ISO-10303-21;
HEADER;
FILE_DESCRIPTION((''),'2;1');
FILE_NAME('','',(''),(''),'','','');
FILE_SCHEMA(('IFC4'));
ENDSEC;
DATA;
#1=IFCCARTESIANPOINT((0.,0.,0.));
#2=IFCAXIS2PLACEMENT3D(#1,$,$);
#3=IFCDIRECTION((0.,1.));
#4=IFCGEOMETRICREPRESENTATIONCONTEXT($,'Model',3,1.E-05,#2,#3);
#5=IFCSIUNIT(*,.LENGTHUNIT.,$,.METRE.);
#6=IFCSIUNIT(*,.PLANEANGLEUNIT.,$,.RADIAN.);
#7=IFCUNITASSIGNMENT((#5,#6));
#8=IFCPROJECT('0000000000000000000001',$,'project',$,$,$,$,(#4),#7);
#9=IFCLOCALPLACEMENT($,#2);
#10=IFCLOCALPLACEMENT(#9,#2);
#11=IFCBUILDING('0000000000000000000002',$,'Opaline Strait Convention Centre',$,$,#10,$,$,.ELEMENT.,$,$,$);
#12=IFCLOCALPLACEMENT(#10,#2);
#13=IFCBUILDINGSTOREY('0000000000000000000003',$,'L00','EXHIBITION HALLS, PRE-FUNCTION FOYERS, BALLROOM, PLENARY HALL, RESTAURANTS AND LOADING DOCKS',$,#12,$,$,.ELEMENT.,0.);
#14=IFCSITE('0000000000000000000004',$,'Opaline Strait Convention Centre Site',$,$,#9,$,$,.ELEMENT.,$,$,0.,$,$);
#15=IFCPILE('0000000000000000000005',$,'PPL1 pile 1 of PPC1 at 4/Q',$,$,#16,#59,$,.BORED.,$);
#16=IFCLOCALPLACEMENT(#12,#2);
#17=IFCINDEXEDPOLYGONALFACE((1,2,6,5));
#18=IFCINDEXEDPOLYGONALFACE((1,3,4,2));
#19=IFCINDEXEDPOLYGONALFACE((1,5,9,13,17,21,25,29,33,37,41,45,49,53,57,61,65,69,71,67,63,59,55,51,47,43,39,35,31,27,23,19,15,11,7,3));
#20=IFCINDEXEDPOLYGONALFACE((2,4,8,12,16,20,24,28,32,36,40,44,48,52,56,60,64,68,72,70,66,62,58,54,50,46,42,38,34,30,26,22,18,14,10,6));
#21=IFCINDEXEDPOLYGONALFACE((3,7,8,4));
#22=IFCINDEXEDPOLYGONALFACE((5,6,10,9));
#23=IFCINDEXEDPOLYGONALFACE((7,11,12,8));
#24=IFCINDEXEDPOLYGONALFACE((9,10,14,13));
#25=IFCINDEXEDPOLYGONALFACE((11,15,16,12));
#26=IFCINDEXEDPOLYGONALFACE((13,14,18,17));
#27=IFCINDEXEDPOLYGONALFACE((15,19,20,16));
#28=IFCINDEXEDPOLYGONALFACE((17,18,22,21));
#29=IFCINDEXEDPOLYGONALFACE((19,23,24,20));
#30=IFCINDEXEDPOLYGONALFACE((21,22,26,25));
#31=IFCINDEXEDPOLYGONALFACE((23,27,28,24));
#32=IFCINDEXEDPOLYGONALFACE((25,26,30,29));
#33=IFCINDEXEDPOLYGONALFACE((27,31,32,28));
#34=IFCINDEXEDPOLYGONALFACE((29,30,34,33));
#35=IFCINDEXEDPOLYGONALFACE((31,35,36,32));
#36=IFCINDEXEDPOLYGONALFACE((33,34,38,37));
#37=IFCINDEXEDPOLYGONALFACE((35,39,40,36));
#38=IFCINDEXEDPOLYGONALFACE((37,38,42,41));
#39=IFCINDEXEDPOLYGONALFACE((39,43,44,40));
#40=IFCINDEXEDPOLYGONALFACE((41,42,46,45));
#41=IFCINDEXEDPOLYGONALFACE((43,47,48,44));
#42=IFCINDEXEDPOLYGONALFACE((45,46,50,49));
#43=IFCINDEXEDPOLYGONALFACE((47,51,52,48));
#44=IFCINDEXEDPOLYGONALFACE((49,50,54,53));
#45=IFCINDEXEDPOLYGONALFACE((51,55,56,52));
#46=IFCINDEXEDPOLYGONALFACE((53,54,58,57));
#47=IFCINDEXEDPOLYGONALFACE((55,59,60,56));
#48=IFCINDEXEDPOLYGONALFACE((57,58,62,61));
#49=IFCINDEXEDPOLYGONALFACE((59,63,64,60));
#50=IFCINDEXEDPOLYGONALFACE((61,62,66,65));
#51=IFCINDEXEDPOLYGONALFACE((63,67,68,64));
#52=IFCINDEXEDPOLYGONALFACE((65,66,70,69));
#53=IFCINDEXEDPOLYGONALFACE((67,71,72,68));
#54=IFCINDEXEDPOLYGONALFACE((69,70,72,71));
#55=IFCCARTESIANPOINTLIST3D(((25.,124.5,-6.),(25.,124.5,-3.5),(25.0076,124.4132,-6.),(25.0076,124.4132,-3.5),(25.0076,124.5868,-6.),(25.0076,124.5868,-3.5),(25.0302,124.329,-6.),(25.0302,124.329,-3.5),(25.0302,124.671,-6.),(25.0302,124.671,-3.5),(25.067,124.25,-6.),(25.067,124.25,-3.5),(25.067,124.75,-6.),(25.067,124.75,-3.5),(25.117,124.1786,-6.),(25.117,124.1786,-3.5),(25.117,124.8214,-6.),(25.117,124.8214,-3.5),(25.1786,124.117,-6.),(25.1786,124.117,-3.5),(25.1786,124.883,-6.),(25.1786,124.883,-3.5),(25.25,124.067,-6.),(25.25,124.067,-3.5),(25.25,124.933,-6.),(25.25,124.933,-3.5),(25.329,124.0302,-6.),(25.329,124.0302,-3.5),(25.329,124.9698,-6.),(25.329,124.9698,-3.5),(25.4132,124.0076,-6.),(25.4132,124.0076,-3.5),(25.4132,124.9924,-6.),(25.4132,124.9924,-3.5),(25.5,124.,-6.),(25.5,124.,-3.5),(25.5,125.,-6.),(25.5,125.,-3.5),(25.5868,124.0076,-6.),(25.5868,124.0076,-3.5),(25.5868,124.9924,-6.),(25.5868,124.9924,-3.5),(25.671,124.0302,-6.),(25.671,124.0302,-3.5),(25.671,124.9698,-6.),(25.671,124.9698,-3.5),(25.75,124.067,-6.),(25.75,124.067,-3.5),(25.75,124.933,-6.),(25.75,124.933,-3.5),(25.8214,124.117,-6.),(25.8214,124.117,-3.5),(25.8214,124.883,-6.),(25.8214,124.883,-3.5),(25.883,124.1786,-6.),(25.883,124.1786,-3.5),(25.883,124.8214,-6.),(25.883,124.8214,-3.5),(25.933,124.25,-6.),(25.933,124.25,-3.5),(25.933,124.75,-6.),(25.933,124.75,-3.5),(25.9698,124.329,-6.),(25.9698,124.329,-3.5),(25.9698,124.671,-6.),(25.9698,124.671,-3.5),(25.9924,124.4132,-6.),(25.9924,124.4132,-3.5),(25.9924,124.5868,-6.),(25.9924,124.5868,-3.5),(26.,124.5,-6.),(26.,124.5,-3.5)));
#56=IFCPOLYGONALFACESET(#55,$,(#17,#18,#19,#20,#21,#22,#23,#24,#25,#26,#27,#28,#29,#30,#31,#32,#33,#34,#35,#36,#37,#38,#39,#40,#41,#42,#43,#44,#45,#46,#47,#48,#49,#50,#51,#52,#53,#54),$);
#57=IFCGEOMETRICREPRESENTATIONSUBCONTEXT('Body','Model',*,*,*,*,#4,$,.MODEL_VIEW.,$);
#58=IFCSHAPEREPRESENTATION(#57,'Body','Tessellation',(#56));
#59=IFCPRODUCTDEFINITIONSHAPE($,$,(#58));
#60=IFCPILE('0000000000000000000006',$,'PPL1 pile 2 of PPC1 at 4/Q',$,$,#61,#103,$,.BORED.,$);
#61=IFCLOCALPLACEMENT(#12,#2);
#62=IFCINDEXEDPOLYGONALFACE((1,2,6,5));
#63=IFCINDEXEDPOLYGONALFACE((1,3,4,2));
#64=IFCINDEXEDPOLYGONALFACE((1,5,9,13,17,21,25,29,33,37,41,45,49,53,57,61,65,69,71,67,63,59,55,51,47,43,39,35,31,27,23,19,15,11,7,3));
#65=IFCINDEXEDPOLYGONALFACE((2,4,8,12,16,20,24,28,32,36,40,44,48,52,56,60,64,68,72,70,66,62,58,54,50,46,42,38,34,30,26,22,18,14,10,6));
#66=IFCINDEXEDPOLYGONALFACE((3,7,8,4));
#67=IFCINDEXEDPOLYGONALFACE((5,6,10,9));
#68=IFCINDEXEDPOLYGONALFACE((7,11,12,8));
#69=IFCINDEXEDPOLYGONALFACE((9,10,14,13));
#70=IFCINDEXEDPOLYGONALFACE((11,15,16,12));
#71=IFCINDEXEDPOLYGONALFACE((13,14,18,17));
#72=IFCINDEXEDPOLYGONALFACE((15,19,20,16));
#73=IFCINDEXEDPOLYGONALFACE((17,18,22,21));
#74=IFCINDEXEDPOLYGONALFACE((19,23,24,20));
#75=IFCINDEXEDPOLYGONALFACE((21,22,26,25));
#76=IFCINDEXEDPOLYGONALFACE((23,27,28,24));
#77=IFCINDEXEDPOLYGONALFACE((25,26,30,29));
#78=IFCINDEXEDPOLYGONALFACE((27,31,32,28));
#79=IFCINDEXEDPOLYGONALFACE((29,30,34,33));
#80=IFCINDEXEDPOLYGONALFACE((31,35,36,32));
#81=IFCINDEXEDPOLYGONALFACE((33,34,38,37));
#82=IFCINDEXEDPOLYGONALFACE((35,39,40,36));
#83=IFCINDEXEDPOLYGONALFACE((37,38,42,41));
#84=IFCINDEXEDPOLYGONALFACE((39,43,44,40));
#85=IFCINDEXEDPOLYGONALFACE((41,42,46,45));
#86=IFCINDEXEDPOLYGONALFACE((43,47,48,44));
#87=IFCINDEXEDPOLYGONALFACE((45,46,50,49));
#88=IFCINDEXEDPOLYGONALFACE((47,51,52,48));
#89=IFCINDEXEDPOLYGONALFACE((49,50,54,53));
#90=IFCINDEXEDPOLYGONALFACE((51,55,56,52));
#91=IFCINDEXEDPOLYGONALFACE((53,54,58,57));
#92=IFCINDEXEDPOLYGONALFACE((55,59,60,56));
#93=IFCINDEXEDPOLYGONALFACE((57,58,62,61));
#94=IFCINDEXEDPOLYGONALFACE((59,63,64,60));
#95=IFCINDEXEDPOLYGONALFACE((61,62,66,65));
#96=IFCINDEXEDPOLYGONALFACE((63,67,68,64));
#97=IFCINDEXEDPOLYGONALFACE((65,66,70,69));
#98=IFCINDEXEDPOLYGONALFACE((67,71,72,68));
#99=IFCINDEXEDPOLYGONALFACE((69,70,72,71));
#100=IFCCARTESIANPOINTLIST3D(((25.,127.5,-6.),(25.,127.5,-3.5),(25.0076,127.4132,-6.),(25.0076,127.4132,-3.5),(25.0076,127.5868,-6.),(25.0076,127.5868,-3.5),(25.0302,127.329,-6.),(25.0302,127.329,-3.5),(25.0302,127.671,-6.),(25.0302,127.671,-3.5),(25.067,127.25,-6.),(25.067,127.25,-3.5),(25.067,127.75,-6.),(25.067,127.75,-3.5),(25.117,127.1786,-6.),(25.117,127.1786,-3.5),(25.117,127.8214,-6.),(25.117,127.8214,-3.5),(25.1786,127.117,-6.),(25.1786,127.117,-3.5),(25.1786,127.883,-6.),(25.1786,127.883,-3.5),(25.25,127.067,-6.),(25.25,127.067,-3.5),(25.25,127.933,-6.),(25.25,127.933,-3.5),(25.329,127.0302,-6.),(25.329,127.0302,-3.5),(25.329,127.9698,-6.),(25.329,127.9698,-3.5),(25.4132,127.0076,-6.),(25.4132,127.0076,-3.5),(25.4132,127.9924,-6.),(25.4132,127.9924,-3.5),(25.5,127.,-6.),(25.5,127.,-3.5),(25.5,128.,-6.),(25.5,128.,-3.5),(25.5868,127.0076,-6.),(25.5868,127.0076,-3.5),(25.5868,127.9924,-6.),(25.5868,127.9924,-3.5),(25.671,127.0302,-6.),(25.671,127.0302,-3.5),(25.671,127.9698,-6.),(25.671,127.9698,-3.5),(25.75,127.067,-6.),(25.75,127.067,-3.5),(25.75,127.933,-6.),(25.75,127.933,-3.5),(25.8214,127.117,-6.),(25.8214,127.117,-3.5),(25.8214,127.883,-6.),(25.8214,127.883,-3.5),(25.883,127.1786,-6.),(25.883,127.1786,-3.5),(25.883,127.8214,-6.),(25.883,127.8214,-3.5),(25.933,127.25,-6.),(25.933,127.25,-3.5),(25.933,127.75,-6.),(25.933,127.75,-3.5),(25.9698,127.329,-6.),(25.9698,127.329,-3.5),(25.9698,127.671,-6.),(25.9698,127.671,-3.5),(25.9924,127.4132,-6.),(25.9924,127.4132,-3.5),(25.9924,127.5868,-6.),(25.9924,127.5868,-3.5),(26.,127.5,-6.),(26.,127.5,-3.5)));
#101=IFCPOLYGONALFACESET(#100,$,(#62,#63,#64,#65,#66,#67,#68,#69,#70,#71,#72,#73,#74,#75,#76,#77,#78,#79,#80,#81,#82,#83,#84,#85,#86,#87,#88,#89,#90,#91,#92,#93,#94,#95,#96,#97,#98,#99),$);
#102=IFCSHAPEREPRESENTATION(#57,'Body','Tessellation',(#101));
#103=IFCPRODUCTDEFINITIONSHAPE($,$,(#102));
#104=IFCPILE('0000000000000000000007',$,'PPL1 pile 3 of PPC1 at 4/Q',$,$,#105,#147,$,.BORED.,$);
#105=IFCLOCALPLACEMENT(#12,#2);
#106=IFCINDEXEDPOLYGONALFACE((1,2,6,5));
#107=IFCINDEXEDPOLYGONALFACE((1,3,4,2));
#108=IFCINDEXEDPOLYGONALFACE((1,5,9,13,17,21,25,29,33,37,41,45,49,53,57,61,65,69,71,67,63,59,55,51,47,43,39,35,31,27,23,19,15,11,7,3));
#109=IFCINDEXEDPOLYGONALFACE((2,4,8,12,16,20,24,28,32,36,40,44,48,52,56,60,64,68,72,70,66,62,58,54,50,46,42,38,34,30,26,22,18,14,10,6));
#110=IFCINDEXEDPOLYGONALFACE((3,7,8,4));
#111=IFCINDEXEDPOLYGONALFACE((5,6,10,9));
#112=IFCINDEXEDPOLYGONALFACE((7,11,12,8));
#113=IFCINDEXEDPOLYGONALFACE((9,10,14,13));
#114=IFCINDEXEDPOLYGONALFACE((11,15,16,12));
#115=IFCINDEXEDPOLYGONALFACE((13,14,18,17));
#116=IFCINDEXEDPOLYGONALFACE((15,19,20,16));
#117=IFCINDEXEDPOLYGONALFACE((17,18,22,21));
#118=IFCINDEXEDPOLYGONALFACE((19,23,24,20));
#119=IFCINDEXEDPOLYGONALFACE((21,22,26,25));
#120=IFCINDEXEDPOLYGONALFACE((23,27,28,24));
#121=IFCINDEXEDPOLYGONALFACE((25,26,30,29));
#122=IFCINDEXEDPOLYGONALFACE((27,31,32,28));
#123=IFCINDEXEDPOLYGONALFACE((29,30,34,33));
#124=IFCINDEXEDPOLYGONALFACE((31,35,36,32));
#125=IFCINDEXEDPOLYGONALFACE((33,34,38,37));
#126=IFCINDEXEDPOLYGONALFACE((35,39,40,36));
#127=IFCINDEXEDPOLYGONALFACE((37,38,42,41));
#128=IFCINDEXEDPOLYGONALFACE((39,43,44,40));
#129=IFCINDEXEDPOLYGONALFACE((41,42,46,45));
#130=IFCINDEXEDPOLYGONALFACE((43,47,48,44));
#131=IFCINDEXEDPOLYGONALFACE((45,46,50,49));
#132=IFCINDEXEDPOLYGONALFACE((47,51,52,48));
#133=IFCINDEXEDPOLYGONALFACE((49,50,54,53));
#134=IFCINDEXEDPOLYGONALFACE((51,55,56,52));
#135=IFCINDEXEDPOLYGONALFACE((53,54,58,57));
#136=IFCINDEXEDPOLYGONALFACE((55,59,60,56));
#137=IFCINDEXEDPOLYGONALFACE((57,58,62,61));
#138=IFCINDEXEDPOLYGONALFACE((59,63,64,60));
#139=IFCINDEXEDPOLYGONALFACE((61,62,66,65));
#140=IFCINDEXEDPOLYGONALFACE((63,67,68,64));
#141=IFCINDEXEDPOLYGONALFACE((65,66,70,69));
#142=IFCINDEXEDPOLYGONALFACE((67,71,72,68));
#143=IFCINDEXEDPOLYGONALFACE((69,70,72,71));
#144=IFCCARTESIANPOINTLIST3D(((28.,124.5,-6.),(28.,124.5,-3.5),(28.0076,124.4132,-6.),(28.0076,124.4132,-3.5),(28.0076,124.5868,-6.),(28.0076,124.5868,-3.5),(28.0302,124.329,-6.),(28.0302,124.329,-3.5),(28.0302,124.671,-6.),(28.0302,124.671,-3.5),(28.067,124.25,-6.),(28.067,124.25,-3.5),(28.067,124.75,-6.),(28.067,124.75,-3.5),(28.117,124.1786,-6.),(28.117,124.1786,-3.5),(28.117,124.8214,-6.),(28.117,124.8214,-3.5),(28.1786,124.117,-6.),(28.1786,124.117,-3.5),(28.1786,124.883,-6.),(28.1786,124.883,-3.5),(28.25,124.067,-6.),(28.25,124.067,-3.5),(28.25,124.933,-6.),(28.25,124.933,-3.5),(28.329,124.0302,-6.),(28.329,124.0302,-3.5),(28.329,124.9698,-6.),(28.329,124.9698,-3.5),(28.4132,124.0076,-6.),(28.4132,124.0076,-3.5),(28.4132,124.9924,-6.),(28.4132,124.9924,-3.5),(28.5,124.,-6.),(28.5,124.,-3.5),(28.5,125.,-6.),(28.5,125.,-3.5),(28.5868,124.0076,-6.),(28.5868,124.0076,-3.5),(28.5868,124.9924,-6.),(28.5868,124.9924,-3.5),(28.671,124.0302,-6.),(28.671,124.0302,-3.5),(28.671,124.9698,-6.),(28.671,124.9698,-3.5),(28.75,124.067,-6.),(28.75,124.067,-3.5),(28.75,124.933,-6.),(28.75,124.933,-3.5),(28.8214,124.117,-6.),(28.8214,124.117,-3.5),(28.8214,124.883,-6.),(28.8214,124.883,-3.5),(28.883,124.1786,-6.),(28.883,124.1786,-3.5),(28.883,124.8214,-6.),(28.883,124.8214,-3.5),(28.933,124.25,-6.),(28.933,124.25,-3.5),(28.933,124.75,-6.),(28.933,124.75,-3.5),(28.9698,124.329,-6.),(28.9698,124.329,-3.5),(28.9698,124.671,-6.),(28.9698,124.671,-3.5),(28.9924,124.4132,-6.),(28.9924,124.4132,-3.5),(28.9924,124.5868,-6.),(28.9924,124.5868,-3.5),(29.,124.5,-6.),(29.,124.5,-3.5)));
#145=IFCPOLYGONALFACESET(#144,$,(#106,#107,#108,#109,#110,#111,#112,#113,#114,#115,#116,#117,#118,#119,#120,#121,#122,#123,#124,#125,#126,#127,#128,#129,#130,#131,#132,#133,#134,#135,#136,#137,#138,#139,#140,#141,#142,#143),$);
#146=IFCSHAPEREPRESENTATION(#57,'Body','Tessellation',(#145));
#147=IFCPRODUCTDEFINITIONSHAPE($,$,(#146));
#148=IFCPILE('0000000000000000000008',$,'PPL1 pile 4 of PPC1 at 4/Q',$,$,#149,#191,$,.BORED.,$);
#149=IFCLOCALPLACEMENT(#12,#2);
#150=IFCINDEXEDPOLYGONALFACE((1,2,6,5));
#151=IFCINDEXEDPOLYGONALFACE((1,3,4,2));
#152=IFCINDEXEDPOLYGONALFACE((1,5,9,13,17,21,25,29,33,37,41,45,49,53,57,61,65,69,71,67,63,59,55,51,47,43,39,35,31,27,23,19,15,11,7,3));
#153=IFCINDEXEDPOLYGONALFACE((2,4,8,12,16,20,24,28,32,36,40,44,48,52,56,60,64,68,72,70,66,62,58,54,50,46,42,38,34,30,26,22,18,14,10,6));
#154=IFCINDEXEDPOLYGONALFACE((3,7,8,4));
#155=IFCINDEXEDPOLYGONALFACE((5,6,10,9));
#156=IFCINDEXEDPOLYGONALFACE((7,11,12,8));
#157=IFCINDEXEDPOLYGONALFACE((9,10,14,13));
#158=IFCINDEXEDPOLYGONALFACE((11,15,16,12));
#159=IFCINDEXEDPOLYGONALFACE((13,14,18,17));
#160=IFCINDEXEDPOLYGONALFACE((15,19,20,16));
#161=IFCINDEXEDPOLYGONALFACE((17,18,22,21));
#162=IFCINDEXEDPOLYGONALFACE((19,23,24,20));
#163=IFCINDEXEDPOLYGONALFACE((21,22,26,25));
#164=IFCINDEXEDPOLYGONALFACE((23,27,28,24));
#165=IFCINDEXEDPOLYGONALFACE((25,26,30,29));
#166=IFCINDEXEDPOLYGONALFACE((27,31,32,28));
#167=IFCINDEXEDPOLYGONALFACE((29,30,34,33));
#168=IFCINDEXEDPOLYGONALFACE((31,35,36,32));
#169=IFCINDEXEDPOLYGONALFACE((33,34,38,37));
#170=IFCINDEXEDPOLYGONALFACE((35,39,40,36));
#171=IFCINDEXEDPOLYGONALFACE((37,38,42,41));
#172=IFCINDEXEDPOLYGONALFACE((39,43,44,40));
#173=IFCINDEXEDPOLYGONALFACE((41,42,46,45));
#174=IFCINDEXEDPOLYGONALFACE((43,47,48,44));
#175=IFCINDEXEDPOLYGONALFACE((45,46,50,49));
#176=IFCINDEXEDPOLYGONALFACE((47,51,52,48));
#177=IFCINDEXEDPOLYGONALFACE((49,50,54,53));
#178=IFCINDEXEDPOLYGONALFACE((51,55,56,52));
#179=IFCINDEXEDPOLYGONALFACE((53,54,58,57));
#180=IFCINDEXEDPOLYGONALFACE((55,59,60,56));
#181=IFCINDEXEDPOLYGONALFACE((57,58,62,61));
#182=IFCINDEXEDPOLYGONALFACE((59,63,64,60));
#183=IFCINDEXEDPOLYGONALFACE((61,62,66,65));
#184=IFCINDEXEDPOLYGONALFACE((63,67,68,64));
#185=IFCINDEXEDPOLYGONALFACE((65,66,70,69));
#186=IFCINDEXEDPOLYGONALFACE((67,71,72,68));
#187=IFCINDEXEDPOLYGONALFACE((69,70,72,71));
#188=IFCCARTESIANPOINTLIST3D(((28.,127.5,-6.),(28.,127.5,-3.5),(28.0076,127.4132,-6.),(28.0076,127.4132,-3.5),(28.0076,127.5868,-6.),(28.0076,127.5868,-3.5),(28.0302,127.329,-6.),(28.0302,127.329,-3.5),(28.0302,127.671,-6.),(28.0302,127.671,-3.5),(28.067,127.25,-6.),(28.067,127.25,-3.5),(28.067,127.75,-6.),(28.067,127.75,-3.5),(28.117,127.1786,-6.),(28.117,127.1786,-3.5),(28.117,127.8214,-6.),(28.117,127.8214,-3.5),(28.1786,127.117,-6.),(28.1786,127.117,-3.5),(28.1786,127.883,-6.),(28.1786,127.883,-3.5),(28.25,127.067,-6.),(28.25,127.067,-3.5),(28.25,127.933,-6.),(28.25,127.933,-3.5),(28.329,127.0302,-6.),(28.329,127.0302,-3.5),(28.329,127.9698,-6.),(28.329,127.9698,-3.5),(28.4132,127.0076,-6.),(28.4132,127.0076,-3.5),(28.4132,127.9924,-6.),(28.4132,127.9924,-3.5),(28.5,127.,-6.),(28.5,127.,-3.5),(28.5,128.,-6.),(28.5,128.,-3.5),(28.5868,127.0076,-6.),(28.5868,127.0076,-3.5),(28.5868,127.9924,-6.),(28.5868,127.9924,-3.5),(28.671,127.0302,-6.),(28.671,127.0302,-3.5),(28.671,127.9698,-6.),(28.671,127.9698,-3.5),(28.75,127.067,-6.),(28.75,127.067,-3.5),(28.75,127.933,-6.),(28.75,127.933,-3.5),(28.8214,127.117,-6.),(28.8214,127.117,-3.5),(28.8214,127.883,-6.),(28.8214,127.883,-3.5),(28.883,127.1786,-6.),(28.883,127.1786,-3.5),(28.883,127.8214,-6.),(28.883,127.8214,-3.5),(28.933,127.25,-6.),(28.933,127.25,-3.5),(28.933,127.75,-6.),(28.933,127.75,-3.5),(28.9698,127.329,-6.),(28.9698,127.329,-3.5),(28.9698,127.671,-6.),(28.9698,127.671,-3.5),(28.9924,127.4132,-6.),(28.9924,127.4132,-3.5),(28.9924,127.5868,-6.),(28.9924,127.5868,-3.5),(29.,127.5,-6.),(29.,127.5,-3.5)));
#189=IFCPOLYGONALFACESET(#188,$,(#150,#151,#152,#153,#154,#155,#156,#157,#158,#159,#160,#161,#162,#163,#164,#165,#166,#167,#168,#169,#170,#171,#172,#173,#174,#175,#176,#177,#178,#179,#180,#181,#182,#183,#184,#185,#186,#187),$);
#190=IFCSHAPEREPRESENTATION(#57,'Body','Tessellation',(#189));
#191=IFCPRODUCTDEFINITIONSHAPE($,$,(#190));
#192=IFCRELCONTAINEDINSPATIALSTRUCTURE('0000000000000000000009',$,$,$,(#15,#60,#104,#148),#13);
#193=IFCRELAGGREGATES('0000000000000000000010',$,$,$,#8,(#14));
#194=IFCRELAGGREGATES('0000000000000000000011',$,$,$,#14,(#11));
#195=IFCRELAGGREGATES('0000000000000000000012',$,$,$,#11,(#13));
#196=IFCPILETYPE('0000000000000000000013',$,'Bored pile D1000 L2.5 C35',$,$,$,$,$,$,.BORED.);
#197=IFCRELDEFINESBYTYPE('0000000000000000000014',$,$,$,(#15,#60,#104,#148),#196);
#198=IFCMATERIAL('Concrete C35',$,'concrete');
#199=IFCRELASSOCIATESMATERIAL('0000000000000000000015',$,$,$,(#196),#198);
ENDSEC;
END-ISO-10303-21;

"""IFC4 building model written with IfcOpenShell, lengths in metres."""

from ifc_helpers import new_model, si_unit, direction, frame, origin, origin_2d, place, context, subcontext, project, spatial, circle, extrude, material, material_profile, profile_set, type_object, element, save


model = new_model("IFC4")

# Units and contexts
model_context = context("Model", 3, precision=1e-05, world=origin(), true_north=direction((0.0, 1.0)))
body_context = subcontext(model_context, "Body", "Model", "MODEL_VIEW")
ifc_project = project(units=[si_unit("LENGTHUNIT", "METRE"), si_unit("PLANEANGLEUNIT", "RADIAN")], contexts=[model_context])

# Site, building, storey
site_placement = place(None, origin())
site = spatial("IfcSite", under=ifc_project, at=site_placement, Name="Opaline Strait Convention Centre Site", CompositionType="ELEMENT", RefElevation=0.0)
building_placement = place(site_placement, origin())
building = spatial("IfcBuilding", under=site, at=building_placement, Name="Opaline Strait Convention Centre", CompositionType="ELEMENT")
storey_placement = place(building_placement, origin())
storey = spatial("IfcBuildingStorey", under=building, at=storey_placement, Name="L00", Description="EXHIBITION HALLS, PRE-FUNCTION FOYERS, BALLROOM, PLENARY HALL, RESTAURANTS AND LOADING DOCKS", CompositionType="ELEMENT", Elevation=0.0)

# Piles
ifc_material_1 = material(Name="Concrete C35", Category="concrete")
ifc_material_profile_1 = material_profile(ifc_material_1, circle(Radius=0.5, at=origin_2d()), Name="D1000")
ifc_profile_set_1 = profile_set([ifc_material_profile_1], Name="Concrete C35")
pile_type_1 = type_object("IfcPileType", Name="Bored pile D1000 L2.5 C35", PredefinedType="BORED", material=ifc_profile_set_1)
for number, where, z_axis, x_axis, name in (
    (1, (25.5, 124.5, -3.5), (0.0, 0.0, -1.0), (1.0, 0.0, 0.0), "PPL1 pile 1 of PPC1 at 4/Q"),
    (2, (25.5, 127.5, -3.5), (0.0, 0.0, -1.0), (1.0, 0.0, 0.0), "PPL1 pile 2 of PPC1 at 4/Q"),
    (3, (28.5, 124.5, -3.5), (0.0, 0.0, -1.0), (1.0, 0.0, 0.0), "PPL1 pile 3 of PPC1 at 4/Q"),
    (4, (28.5, 127.5, -3.5), (0.0, 0.0, -1.0), (1.0, 0.0, 0.0), "PPL1 pile 4 of PPC1 at 4/Q"),
):
    element("IfcPile", number, at=place(storey_placement, frame(where, z_axis=z_axis, x_axis=x_axis)), inside=storey, type_object=pile_type_1, Name=name, PredefinedType="BORED", context=body_context, shape_type="SweptSolid", body=[
        extrude(circle(Radius=0.5, at=origin_2d()), origin(), (0.0, 0.0, 1.0), 2.5),
    ])

save(model, "model.ifc")
